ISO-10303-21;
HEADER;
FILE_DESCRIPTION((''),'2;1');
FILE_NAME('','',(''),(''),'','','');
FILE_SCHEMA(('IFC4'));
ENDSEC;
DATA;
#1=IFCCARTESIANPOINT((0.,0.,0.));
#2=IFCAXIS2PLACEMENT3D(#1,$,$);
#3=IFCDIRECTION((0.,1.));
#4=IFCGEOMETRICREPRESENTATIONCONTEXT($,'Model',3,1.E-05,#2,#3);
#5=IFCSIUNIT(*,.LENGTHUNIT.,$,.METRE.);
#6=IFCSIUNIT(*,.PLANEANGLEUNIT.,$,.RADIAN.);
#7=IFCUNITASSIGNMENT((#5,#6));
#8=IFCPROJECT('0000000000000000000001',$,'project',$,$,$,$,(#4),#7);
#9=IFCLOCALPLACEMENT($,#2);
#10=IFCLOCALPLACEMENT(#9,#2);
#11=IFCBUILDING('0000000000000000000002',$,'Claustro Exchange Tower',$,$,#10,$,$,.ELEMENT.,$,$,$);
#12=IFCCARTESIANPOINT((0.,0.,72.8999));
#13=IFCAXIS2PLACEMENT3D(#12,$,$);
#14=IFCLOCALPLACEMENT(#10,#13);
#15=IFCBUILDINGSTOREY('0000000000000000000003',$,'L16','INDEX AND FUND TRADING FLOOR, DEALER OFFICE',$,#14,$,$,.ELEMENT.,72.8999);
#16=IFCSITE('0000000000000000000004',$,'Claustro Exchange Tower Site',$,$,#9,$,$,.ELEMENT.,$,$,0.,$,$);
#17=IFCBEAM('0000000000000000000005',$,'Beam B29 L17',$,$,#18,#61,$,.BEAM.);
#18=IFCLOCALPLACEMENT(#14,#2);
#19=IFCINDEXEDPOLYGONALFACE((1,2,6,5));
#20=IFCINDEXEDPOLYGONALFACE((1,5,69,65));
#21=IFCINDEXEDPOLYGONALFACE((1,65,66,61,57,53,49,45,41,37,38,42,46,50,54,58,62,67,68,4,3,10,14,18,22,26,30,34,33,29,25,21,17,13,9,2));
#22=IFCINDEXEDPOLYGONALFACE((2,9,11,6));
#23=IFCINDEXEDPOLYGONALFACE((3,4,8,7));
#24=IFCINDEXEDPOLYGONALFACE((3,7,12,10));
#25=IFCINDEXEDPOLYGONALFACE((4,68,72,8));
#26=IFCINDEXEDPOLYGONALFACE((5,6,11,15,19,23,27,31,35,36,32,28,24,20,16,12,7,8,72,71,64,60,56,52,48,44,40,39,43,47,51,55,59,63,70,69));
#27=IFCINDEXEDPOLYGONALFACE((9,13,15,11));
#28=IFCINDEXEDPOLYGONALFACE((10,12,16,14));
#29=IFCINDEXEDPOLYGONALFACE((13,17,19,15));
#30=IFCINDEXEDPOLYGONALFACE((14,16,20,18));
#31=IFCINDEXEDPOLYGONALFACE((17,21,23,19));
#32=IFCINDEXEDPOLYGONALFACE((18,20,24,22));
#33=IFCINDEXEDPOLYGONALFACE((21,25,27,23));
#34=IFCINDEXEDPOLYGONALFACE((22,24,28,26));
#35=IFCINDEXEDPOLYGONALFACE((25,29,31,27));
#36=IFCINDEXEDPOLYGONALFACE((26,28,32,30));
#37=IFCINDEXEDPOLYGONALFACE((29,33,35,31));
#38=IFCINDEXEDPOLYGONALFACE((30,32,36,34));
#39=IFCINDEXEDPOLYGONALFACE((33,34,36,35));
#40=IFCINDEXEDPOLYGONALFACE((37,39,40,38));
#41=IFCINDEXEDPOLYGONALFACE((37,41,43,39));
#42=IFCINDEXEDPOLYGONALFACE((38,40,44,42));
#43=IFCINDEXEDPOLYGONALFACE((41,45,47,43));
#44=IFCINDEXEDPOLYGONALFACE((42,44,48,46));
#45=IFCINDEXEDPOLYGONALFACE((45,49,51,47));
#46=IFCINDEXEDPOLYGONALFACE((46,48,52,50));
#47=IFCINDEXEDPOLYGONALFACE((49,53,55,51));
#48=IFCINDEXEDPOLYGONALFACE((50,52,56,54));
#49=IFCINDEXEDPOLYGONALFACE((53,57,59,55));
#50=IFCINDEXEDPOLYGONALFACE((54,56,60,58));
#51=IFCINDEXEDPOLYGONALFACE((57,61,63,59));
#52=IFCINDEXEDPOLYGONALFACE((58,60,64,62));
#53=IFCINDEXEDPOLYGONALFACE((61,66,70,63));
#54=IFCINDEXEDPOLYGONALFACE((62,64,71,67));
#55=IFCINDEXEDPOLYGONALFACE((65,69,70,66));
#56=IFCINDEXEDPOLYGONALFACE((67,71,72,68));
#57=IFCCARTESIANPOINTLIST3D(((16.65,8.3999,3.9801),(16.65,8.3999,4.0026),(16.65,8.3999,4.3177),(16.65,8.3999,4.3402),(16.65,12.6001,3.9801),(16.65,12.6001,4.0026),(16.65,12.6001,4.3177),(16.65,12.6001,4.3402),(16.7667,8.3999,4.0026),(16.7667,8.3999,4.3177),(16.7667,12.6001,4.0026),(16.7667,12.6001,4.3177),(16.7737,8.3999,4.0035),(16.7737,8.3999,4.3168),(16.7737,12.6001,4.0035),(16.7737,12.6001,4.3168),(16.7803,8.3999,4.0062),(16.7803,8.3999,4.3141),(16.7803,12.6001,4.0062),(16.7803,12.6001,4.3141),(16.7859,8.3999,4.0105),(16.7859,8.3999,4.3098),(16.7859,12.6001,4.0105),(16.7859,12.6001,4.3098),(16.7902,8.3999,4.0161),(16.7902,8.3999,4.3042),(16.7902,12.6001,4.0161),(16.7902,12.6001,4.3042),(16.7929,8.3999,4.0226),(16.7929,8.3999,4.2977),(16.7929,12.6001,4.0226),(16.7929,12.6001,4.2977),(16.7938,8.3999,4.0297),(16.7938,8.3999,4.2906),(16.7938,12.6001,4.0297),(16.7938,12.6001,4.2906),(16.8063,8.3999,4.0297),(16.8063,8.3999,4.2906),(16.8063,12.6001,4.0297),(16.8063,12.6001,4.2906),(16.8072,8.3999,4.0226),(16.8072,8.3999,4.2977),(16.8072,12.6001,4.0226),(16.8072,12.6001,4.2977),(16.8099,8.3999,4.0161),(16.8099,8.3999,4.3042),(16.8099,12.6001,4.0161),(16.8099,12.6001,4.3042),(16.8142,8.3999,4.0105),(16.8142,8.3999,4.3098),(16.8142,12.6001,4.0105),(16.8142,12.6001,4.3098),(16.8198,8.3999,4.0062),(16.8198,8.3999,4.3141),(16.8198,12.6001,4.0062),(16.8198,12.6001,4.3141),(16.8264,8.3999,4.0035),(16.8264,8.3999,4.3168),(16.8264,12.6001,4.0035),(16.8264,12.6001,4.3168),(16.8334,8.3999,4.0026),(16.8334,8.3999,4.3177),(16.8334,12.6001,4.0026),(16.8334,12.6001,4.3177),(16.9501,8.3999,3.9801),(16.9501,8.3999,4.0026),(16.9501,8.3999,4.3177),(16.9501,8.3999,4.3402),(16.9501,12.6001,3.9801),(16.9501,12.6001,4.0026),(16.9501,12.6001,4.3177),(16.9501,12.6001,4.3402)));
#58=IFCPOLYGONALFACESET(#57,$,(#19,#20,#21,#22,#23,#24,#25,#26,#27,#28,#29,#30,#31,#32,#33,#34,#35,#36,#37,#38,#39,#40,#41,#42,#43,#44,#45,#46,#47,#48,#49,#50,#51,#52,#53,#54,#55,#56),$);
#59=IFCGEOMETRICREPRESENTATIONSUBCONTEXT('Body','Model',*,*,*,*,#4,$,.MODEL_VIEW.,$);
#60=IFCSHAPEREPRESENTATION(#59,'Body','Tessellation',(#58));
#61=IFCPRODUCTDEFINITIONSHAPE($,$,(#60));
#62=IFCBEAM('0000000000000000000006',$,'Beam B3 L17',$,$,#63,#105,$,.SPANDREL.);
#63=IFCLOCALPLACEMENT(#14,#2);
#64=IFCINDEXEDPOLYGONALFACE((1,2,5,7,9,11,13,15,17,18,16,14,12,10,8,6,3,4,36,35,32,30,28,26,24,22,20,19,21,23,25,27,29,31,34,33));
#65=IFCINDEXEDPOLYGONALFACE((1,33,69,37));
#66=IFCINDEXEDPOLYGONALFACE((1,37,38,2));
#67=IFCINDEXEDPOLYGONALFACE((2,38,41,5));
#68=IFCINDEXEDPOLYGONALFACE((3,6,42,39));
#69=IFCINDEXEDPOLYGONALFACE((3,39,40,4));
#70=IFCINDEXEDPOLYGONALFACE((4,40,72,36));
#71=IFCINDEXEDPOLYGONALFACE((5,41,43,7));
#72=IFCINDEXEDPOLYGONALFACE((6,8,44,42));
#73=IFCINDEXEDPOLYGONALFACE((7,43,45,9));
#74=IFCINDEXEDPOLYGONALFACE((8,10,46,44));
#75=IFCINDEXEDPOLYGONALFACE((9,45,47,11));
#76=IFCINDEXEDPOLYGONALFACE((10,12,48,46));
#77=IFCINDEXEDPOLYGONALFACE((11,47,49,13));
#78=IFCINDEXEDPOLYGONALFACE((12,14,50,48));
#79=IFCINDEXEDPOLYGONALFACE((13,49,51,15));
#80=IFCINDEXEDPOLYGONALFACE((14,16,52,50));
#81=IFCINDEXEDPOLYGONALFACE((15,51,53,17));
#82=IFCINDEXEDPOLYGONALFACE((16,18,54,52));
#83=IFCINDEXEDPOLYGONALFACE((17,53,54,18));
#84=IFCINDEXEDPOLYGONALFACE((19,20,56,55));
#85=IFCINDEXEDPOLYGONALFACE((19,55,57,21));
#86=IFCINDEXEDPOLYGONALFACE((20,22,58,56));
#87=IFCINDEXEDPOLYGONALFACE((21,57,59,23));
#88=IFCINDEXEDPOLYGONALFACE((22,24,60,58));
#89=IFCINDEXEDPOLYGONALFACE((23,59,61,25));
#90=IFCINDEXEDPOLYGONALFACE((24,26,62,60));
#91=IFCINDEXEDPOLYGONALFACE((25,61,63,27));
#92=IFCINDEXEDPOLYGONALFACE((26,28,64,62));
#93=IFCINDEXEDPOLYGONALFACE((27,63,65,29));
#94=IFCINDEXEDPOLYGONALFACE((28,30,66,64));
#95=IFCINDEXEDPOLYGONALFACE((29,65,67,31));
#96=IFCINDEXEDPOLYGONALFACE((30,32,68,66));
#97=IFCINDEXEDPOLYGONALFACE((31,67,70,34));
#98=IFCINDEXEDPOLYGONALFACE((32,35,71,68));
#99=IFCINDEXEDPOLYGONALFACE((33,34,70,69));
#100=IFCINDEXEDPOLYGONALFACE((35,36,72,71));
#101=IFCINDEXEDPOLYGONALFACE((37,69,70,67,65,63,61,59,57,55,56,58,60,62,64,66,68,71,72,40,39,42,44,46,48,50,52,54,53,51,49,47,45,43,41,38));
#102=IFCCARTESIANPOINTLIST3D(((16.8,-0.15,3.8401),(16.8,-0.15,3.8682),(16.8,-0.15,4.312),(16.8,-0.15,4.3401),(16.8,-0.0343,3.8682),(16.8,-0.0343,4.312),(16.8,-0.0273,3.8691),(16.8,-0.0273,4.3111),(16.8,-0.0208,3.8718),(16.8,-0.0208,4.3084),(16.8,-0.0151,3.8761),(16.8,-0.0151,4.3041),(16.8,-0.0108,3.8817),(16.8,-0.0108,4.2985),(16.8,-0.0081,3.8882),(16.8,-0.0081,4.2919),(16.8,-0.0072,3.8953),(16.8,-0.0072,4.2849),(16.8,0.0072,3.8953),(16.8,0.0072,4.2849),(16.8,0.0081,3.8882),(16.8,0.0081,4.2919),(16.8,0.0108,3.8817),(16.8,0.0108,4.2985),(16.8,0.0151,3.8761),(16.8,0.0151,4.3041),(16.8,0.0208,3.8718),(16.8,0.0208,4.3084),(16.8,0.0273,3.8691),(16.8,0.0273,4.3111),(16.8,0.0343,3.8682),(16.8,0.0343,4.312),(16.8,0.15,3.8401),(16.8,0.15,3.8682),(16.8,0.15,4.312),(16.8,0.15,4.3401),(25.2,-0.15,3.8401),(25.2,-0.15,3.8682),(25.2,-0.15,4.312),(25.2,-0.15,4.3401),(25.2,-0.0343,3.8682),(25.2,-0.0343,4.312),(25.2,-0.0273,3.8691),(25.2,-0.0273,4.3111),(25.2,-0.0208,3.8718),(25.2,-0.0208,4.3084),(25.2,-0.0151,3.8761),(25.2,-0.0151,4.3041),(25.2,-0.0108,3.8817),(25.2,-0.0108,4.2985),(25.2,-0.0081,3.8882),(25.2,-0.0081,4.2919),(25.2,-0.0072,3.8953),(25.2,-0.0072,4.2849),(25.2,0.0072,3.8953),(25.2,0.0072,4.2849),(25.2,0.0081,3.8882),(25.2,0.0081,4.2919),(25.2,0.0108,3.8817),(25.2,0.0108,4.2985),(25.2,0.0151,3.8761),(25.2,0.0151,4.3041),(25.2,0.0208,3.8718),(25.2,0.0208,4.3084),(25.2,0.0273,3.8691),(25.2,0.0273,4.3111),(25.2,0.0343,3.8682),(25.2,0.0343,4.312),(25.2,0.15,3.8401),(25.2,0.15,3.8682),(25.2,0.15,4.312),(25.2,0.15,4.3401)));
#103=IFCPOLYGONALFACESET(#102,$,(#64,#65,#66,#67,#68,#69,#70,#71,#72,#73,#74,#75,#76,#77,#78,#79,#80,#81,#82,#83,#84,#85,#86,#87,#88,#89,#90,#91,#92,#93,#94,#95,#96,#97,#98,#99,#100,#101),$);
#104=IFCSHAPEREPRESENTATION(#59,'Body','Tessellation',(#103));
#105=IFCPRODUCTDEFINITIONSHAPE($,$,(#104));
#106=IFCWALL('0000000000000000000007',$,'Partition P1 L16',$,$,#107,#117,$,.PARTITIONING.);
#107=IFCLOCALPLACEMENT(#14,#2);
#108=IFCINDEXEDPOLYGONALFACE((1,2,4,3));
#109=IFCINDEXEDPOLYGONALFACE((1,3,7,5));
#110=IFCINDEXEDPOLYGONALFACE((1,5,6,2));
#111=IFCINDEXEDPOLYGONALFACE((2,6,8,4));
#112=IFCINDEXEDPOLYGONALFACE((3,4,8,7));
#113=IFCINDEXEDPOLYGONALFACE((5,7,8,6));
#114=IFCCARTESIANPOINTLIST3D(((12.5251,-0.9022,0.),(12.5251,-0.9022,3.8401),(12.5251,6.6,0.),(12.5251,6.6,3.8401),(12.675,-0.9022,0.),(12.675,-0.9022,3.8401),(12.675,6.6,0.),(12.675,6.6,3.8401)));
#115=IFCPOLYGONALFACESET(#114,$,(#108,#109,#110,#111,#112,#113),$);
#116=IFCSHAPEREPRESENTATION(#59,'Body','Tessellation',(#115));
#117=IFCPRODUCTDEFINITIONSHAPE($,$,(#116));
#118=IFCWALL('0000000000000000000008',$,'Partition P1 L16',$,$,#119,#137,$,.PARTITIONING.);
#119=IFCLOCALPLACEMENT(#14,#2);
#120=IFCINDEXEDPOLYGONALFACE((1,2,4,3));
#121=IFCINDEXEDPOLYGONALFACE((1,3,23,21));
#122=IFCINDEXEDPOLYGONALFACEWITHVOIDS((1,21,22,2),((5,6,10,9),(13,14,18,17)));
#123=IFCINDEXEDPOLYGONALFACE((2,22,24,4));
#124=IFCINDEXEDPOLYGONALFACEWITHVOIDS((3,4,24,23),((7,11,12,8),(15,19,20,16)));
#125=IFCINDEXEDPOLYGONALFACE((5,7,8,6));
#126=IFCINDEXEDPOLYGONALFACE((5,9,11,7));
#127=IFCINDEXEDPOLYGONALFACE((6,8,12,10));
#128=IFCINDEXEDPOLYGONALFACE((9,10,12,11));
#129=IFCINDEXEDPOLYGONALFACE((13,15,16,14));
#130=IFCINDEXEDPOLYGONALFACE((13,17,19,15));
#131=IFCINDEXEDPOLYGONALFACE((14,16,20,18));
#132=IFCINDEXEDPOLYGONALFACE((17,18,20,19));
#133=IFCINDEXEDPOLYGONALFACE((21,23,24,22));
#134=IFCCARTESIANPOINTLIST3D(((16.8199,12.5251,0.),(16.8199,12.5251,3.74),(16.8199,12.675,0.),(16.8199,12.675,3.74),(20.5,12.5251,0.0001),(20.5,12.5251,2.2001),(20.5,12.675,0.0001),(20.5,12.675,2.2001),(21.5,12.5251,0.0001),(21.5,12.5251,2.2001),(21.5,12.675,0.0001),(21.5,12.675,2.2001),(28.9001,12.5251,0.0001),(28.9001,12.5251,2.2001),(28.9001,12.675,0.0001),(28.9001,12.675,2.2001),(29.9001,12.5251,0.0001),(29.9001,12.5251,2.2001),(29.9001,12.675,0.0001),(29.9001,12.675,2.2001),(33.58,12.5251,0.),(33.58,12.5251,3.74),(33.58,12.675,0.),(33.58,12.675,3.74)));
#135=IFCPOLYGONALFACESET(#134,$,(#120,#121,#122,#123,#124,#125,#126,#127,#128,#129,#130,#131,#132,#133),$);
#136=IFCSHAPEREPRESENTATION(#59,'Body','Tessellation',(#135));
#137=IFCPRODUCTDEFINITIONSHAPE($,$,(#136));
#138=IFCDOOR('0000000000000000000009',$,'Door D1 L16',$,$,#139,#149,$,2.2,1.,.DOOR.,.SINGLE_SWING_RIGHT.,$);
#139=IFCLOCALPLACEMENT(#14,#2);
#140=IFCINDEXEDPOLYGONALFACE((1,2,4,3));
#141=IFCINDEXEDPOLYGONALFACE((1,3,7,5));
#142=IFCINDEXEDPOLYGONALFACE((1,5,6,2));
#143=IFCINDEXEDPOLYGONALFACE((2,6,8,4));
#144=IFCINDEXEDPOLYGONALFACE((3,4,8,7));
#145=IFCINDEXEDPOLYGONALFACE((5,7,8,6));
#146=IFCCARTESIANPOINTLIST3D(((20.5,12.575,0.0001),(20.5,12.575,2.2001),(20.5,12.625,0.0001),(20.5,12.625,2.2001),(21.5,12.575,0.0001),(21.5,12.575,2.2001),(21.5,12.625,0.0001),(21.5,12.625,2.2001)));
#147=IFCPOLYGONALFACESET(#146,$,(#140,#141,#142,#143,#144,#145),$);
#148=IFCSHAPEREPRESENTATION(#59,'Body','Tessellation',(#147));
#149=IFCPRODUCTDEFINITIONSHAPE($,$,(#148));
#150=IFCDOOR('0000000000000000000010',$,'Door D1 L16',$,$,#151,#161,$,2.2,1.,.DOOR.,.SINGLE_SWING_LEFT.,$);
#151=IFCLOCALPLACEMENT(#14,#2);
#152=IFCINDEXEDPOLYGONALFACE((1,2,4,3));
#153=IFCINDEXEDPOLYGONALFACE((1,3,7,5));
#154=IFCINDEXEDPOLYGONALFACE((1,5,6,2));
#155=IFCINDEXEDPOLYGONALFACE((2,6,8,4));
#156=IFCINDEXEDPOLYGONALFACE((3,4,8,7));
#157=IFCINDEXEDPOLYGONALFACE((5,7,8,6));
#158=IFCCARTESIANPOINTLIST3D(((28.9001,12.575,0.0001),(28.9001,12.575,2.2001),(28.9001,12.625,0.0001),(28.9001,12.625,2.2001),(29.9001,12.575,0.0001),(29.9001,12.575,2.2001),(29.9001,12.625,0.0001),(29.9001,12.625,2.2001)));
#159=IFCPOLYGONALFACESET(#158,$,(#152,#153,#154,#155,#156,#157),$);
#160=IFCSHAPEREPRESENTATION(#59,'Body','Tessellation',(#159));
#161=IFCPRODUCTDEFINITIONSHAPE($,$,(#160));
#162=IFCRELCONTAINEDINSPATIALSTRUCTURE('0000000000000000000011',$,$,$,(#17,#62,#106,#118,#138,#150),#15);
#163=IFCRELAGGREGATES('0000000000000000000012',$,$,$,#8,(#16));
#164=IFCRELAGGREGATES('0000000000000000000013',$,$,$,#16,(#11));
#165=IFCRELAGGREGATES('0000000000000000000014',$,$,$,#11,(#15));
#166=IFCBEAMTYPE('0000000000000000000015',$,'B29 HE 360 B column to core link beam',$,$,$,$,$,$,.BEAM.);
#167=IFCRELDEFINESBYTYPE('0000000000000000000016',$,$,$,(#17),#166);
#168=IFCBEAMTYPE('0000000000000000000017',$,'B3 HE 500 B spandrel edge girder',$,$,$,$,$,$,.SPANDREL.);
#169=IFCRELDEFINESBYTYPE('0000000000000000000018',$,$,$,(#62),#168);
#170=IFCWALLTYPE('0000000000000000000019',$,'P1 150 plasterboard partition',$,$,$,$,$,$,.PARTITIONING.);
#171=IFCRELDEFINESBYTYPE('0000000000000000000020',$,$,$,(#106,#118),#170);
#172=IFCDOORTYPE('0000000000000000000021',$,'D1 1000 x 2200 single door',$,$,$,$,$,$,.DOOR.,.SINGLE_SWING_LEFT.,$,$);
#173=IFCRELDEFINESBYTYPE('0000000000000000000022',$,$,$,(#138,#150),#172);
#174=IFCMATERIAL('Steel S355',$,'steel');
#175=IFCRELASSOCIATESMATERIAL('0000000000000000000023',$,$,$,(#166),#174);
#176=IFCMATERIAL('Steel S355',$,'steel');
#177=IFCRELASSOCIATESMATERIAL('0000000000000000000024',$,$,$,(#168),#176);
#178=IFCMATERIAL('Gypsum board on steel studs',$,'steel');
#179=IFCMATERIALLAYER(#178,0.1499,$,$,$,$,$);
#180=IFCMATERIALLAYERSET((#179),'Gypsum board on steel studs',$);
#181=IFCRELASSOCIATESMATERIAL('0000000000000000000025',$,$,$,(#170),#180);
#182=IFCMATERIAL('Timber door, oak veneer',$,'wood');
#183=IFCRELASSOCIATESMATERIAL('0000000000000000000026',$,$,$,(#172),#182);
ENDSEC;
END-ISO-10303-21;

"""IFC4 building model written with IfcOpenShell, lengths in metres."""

from ifc_helpers import new_model, si_unit, direction, frame, frame_2d, origin, origin_2d, place, context, subcontext, project, spatial, rectangle, i_section, extrude, material, layer, layer_set, material_profile, profile_set, type_object, element, fill, save


model = new_model("IFC4")

# Units and contexts
model_context = context("Model", 3, precision=1e-05, world=origin(), true_north=direction((0.0, 1.0)))
body_context = subcontext(model_context, "Body", "Model", "MODEL_VIEW")
ifc_project = project(units=[si_unit("LENGTHUNIT", "METRE"), si_unit("PLANEANGLEUNIT", "RADIAN")], contexts=[model_context])

# Site, building, storey
site_placement = place(None, origin())
site = spatial("IfcSite", under=ifc_project, at=site_placement, Name="Claustro Exchange Tower Site", CompositionType="ELEMENT", RefElevation=0.0)
building_placement = place(site_placement, origin())
building = spatial("IfcBuilding", under=site, at=building_placement, Name="Claustro Exchange Tower", CompositionType="ELEMENT")
storey_placement = place(building_placement, frame((0.0, 0.0, 72.8999)))
storey = spatial("IfcBuildingStorey", under=building, at=storey_placement, Name="L16", Description="INDEX AND FUND TRADING FLOOR, DEALER OFFICE", CompositionType="ELEMENT", Elevation=72.8999)

# Beams
ifc_material_1 = material(Name="Steel S355", Category="steel")
ifc_material_profile_1 = material_profile(ifc_material_1, i_section(OverallWidth=0.3, OverallDepth=0.3601, WebThickness=0.0125, FlangeThickness=0.0225, FilletRadius=0.0271, at=origin_2d()), Name="HE 360 B")
ifc_profile_set_1 = profile_set([ifc_material_profile_1], Name="Steel S355")
beam_type_1 = type_object("IfcBeamType", Name="B29 HE 360 B column to core link beam", PredefinedType="BEAM", material=ifc_profile_set_1)
for number, where, z_axis, x_axis, name in (
    (1, (16.8, 8.3999, 4.1602), (0.0, 1.0, 0.0), (-1.0, 0.0, 0.0), "Beam B29 L17"),
):
    element("IfcBeam", number, at=place(storey_placement, frame(where, z_axis=z_axis, x_axis=x_axis)), inside=storey, type_object=beam_type_1, Name=name, PredefinedType="BEAM", context=body_context, shape_type="SweptSolid", body=[
        extrude(i_section(OverallWidth=0.3, OverallDepth=0.3601, WebThickness=0.0125, FlangeThickness=0.0225, FilletRadius=0.0271, at=origin_2d()), origin(), (0.0, 0.0, 1.0), 4.2002),
    ])
ifc_material_2 = material(Name="Steel S355", Category="steel")
ifc_material_profile_2 = material_profile(ifc_material_2, i_section(OverallWidth=0.3, OverallDepth=0.5, WebThickness=0.0144, FlangeThickness=0.0281, FilletRadius=0.0271, at=origin_2d()), Name="HE 500 B")
ifc_profile_set_2 = profile_set([ifc_material_profile_2], Name="Steel S355")
beam_type_2 = type_object("IfcBeamType", Name="B3 HE 500 B spandrel edge girder", PredefinedType="SPANDREL", material=ifc_profile_set_2)
beam_1_placement = place(storey_placement, frame((16.8, 0.0, 4.0901), z_axis=(1.0, 0.0, 0.0), x_axis=(0.0, 1.0, 0.0)))
element("IfcBeam", 2, at=beam_1_placement, inside=storey, type_object=beam_type_2, Name="Beam B3 L17", PredefinedType="SPANDREL", context=body_context, shape_type="SweptSolid", body=[
    extrude(i_section(OverallWidth=0.3, OverallDepth=0.5, WebThickness=0.0144, FlangeThickness=0.0281, FilletRadius=0.0271, at=origin_2d()), origin(), (0.0, 0.0, 1.0), 8.3999),
])

# Wall
ifc_material_3 = material(Name="Gypsum board on steel studs", Category="steel")
ifc_layer_1 = layer(ifc_material_3, 0.1499)
ifc_layer_set_1 = layer_set([ifc_layer_1], Name="Gypsum board on steel studs")
wall_type_1 = type_object("IfcWallType", Name="P1 150 plasterboard partition", PredefinedType="PARTITIONING", material=ifc_layer_set_1)
wall_1_placement = place(storey_placement, frame((12.6001, -0.9021, 0.0), z_axis=(0.0, 0.0, 1.0), x_axis=(0.0, 1.0, 0.0)))
element("IfcWall", 3, at=wall_1_placement, inside=storey, type_object=wall_type_1, Name="Partition P1 L16", PredefinedType="PARTITIONING", context=body_context, shape_type="SweptSolid", body=[
    extrude(rectangle(XDim=7.5022, YDim=0.1499, at=frame_2d((3.751, 0.0))), origin(), (0.0, 0.0, 1.0), 3.8401),
])

# Wall, openings, doors
wall_2_placement = place(storey_placement, frame((16.8201, 12.6001, 0.0), z_axis=(0.0, 0.0, 1.0), x_axis=(1.0, 0.0, 0.0)))
wall_2 = element("IfcWall", 4, at=wall_2_placement, inside=storey, type_object=wall_type_1, Name="Partition P1 L16", PredefinedType="PARTITIONING", context=body_context, shape_type="SweptSolid", body=[
    extrude(rectangle(XDim=16.76, YDim=0.1499, at=frame_2d((8.3799, 0.0))), origin(), (0.0, 0.0, 1.0), 3.74),
])
opening_1_placement = place(wall_2_placement, frame((3.6799, 0.0, 0.0)))
opening_1 = element("IfcOpeningElement", 5, at=opening_1_placement, cuts=wall_2, PredefinedType="OPENING", context=body_context, shape_type="SweptSolid", body=[
    extrude(rectangle(XDim=1.0, YDim=2.2, at=frame_2d((0.5, 1.1001))), frame((0.0, 0.085, 0.0), z_axis=(0.0, -1.0, 0.0), x_axis=(1.0, 0.0, 0.0)), (0.0, 0.0, 1.0), 0.1699),
])
opening_2_placement = place(wall_2_placement, frame((12.0801, 0.0, 0.0)))
opening_2 = element("IfcOpeningElement", 6, at=opening_2_placement, cuts=wall_2, PredefinedType="OPENING", context=body_context, shape_type="SweptSolid", body=[
    extrude(rectangle(XDim=1.0, YDim=2.2, at=frame_2d((0.5, 1.1001))), frame((0.0, 0.085, 0.0), z_axis=(0.0, -1.0, 0.0), x_axis=(1.0, 0.0, 0.0)), (0.0, 0.0, 1.0), 0.1699),
])
ifc_material_4 = material(Name="Timber door, oak veneer", Category="wood")
door_type_1 = type_object("IfcDoorType", Name="D1 1000 x 2200 single door", OperationType="SINGLE_SWING_LEFT", PredefinedType="DOOR", material=ifc_material_4)
door_1_placement = place(opening_1_placement, origin())
door_1 = element("IfcDoor", 7, at=door_1_placement, inside=storey, type_object=door_type_1, Name="Door D1 L16", OperationType="SINGLE_SWING_RIGHT", OverallHeight=2.2, OverallWidth=1.0, PredefinedType="DOOR", context=body_context, shape_type="SweptSolid", body=[
    extrude(rectangle(XDim=1.0, YDim=2.2, at=frame_2d((0.5, 1.1001))), frame((0.0, 0.0249, 0.0), z_axis=(0.0, -1.0, 0.0), x_axis=(1.0, 0.0, 0.0)), (0.0, 0.0, 1.0), 0.05),
])
fill(opening_1, door_1)
door_2_placement = place(opening_2_placement, origin())
door_2 = element("IfcDoor", 8, at=door_2_placement, inside=storey, type_object=door_type_1, Name="Door D1 L16", OperationType="SINGLE_SWING_LEFT", OverallHeight=2.2, OverallWidth=1.0, PredefinedType="DOOR", context=body_context, shape_type="SweptSolid", body=[
    extrude(rectangle(XDim=1.0, YDim=2.2, at=frame_2d((0.5, 1.1001))), frame((0.0, 0.0249, 0.0), z_axis=(0.0, -1.0, 0.0), x_axis=(1.0, 0.0, 0.0)), (0.0, 0.0, 1.0), 0.05),
])
fill(opening_2, door_2)

save(model, "model.ifc")
